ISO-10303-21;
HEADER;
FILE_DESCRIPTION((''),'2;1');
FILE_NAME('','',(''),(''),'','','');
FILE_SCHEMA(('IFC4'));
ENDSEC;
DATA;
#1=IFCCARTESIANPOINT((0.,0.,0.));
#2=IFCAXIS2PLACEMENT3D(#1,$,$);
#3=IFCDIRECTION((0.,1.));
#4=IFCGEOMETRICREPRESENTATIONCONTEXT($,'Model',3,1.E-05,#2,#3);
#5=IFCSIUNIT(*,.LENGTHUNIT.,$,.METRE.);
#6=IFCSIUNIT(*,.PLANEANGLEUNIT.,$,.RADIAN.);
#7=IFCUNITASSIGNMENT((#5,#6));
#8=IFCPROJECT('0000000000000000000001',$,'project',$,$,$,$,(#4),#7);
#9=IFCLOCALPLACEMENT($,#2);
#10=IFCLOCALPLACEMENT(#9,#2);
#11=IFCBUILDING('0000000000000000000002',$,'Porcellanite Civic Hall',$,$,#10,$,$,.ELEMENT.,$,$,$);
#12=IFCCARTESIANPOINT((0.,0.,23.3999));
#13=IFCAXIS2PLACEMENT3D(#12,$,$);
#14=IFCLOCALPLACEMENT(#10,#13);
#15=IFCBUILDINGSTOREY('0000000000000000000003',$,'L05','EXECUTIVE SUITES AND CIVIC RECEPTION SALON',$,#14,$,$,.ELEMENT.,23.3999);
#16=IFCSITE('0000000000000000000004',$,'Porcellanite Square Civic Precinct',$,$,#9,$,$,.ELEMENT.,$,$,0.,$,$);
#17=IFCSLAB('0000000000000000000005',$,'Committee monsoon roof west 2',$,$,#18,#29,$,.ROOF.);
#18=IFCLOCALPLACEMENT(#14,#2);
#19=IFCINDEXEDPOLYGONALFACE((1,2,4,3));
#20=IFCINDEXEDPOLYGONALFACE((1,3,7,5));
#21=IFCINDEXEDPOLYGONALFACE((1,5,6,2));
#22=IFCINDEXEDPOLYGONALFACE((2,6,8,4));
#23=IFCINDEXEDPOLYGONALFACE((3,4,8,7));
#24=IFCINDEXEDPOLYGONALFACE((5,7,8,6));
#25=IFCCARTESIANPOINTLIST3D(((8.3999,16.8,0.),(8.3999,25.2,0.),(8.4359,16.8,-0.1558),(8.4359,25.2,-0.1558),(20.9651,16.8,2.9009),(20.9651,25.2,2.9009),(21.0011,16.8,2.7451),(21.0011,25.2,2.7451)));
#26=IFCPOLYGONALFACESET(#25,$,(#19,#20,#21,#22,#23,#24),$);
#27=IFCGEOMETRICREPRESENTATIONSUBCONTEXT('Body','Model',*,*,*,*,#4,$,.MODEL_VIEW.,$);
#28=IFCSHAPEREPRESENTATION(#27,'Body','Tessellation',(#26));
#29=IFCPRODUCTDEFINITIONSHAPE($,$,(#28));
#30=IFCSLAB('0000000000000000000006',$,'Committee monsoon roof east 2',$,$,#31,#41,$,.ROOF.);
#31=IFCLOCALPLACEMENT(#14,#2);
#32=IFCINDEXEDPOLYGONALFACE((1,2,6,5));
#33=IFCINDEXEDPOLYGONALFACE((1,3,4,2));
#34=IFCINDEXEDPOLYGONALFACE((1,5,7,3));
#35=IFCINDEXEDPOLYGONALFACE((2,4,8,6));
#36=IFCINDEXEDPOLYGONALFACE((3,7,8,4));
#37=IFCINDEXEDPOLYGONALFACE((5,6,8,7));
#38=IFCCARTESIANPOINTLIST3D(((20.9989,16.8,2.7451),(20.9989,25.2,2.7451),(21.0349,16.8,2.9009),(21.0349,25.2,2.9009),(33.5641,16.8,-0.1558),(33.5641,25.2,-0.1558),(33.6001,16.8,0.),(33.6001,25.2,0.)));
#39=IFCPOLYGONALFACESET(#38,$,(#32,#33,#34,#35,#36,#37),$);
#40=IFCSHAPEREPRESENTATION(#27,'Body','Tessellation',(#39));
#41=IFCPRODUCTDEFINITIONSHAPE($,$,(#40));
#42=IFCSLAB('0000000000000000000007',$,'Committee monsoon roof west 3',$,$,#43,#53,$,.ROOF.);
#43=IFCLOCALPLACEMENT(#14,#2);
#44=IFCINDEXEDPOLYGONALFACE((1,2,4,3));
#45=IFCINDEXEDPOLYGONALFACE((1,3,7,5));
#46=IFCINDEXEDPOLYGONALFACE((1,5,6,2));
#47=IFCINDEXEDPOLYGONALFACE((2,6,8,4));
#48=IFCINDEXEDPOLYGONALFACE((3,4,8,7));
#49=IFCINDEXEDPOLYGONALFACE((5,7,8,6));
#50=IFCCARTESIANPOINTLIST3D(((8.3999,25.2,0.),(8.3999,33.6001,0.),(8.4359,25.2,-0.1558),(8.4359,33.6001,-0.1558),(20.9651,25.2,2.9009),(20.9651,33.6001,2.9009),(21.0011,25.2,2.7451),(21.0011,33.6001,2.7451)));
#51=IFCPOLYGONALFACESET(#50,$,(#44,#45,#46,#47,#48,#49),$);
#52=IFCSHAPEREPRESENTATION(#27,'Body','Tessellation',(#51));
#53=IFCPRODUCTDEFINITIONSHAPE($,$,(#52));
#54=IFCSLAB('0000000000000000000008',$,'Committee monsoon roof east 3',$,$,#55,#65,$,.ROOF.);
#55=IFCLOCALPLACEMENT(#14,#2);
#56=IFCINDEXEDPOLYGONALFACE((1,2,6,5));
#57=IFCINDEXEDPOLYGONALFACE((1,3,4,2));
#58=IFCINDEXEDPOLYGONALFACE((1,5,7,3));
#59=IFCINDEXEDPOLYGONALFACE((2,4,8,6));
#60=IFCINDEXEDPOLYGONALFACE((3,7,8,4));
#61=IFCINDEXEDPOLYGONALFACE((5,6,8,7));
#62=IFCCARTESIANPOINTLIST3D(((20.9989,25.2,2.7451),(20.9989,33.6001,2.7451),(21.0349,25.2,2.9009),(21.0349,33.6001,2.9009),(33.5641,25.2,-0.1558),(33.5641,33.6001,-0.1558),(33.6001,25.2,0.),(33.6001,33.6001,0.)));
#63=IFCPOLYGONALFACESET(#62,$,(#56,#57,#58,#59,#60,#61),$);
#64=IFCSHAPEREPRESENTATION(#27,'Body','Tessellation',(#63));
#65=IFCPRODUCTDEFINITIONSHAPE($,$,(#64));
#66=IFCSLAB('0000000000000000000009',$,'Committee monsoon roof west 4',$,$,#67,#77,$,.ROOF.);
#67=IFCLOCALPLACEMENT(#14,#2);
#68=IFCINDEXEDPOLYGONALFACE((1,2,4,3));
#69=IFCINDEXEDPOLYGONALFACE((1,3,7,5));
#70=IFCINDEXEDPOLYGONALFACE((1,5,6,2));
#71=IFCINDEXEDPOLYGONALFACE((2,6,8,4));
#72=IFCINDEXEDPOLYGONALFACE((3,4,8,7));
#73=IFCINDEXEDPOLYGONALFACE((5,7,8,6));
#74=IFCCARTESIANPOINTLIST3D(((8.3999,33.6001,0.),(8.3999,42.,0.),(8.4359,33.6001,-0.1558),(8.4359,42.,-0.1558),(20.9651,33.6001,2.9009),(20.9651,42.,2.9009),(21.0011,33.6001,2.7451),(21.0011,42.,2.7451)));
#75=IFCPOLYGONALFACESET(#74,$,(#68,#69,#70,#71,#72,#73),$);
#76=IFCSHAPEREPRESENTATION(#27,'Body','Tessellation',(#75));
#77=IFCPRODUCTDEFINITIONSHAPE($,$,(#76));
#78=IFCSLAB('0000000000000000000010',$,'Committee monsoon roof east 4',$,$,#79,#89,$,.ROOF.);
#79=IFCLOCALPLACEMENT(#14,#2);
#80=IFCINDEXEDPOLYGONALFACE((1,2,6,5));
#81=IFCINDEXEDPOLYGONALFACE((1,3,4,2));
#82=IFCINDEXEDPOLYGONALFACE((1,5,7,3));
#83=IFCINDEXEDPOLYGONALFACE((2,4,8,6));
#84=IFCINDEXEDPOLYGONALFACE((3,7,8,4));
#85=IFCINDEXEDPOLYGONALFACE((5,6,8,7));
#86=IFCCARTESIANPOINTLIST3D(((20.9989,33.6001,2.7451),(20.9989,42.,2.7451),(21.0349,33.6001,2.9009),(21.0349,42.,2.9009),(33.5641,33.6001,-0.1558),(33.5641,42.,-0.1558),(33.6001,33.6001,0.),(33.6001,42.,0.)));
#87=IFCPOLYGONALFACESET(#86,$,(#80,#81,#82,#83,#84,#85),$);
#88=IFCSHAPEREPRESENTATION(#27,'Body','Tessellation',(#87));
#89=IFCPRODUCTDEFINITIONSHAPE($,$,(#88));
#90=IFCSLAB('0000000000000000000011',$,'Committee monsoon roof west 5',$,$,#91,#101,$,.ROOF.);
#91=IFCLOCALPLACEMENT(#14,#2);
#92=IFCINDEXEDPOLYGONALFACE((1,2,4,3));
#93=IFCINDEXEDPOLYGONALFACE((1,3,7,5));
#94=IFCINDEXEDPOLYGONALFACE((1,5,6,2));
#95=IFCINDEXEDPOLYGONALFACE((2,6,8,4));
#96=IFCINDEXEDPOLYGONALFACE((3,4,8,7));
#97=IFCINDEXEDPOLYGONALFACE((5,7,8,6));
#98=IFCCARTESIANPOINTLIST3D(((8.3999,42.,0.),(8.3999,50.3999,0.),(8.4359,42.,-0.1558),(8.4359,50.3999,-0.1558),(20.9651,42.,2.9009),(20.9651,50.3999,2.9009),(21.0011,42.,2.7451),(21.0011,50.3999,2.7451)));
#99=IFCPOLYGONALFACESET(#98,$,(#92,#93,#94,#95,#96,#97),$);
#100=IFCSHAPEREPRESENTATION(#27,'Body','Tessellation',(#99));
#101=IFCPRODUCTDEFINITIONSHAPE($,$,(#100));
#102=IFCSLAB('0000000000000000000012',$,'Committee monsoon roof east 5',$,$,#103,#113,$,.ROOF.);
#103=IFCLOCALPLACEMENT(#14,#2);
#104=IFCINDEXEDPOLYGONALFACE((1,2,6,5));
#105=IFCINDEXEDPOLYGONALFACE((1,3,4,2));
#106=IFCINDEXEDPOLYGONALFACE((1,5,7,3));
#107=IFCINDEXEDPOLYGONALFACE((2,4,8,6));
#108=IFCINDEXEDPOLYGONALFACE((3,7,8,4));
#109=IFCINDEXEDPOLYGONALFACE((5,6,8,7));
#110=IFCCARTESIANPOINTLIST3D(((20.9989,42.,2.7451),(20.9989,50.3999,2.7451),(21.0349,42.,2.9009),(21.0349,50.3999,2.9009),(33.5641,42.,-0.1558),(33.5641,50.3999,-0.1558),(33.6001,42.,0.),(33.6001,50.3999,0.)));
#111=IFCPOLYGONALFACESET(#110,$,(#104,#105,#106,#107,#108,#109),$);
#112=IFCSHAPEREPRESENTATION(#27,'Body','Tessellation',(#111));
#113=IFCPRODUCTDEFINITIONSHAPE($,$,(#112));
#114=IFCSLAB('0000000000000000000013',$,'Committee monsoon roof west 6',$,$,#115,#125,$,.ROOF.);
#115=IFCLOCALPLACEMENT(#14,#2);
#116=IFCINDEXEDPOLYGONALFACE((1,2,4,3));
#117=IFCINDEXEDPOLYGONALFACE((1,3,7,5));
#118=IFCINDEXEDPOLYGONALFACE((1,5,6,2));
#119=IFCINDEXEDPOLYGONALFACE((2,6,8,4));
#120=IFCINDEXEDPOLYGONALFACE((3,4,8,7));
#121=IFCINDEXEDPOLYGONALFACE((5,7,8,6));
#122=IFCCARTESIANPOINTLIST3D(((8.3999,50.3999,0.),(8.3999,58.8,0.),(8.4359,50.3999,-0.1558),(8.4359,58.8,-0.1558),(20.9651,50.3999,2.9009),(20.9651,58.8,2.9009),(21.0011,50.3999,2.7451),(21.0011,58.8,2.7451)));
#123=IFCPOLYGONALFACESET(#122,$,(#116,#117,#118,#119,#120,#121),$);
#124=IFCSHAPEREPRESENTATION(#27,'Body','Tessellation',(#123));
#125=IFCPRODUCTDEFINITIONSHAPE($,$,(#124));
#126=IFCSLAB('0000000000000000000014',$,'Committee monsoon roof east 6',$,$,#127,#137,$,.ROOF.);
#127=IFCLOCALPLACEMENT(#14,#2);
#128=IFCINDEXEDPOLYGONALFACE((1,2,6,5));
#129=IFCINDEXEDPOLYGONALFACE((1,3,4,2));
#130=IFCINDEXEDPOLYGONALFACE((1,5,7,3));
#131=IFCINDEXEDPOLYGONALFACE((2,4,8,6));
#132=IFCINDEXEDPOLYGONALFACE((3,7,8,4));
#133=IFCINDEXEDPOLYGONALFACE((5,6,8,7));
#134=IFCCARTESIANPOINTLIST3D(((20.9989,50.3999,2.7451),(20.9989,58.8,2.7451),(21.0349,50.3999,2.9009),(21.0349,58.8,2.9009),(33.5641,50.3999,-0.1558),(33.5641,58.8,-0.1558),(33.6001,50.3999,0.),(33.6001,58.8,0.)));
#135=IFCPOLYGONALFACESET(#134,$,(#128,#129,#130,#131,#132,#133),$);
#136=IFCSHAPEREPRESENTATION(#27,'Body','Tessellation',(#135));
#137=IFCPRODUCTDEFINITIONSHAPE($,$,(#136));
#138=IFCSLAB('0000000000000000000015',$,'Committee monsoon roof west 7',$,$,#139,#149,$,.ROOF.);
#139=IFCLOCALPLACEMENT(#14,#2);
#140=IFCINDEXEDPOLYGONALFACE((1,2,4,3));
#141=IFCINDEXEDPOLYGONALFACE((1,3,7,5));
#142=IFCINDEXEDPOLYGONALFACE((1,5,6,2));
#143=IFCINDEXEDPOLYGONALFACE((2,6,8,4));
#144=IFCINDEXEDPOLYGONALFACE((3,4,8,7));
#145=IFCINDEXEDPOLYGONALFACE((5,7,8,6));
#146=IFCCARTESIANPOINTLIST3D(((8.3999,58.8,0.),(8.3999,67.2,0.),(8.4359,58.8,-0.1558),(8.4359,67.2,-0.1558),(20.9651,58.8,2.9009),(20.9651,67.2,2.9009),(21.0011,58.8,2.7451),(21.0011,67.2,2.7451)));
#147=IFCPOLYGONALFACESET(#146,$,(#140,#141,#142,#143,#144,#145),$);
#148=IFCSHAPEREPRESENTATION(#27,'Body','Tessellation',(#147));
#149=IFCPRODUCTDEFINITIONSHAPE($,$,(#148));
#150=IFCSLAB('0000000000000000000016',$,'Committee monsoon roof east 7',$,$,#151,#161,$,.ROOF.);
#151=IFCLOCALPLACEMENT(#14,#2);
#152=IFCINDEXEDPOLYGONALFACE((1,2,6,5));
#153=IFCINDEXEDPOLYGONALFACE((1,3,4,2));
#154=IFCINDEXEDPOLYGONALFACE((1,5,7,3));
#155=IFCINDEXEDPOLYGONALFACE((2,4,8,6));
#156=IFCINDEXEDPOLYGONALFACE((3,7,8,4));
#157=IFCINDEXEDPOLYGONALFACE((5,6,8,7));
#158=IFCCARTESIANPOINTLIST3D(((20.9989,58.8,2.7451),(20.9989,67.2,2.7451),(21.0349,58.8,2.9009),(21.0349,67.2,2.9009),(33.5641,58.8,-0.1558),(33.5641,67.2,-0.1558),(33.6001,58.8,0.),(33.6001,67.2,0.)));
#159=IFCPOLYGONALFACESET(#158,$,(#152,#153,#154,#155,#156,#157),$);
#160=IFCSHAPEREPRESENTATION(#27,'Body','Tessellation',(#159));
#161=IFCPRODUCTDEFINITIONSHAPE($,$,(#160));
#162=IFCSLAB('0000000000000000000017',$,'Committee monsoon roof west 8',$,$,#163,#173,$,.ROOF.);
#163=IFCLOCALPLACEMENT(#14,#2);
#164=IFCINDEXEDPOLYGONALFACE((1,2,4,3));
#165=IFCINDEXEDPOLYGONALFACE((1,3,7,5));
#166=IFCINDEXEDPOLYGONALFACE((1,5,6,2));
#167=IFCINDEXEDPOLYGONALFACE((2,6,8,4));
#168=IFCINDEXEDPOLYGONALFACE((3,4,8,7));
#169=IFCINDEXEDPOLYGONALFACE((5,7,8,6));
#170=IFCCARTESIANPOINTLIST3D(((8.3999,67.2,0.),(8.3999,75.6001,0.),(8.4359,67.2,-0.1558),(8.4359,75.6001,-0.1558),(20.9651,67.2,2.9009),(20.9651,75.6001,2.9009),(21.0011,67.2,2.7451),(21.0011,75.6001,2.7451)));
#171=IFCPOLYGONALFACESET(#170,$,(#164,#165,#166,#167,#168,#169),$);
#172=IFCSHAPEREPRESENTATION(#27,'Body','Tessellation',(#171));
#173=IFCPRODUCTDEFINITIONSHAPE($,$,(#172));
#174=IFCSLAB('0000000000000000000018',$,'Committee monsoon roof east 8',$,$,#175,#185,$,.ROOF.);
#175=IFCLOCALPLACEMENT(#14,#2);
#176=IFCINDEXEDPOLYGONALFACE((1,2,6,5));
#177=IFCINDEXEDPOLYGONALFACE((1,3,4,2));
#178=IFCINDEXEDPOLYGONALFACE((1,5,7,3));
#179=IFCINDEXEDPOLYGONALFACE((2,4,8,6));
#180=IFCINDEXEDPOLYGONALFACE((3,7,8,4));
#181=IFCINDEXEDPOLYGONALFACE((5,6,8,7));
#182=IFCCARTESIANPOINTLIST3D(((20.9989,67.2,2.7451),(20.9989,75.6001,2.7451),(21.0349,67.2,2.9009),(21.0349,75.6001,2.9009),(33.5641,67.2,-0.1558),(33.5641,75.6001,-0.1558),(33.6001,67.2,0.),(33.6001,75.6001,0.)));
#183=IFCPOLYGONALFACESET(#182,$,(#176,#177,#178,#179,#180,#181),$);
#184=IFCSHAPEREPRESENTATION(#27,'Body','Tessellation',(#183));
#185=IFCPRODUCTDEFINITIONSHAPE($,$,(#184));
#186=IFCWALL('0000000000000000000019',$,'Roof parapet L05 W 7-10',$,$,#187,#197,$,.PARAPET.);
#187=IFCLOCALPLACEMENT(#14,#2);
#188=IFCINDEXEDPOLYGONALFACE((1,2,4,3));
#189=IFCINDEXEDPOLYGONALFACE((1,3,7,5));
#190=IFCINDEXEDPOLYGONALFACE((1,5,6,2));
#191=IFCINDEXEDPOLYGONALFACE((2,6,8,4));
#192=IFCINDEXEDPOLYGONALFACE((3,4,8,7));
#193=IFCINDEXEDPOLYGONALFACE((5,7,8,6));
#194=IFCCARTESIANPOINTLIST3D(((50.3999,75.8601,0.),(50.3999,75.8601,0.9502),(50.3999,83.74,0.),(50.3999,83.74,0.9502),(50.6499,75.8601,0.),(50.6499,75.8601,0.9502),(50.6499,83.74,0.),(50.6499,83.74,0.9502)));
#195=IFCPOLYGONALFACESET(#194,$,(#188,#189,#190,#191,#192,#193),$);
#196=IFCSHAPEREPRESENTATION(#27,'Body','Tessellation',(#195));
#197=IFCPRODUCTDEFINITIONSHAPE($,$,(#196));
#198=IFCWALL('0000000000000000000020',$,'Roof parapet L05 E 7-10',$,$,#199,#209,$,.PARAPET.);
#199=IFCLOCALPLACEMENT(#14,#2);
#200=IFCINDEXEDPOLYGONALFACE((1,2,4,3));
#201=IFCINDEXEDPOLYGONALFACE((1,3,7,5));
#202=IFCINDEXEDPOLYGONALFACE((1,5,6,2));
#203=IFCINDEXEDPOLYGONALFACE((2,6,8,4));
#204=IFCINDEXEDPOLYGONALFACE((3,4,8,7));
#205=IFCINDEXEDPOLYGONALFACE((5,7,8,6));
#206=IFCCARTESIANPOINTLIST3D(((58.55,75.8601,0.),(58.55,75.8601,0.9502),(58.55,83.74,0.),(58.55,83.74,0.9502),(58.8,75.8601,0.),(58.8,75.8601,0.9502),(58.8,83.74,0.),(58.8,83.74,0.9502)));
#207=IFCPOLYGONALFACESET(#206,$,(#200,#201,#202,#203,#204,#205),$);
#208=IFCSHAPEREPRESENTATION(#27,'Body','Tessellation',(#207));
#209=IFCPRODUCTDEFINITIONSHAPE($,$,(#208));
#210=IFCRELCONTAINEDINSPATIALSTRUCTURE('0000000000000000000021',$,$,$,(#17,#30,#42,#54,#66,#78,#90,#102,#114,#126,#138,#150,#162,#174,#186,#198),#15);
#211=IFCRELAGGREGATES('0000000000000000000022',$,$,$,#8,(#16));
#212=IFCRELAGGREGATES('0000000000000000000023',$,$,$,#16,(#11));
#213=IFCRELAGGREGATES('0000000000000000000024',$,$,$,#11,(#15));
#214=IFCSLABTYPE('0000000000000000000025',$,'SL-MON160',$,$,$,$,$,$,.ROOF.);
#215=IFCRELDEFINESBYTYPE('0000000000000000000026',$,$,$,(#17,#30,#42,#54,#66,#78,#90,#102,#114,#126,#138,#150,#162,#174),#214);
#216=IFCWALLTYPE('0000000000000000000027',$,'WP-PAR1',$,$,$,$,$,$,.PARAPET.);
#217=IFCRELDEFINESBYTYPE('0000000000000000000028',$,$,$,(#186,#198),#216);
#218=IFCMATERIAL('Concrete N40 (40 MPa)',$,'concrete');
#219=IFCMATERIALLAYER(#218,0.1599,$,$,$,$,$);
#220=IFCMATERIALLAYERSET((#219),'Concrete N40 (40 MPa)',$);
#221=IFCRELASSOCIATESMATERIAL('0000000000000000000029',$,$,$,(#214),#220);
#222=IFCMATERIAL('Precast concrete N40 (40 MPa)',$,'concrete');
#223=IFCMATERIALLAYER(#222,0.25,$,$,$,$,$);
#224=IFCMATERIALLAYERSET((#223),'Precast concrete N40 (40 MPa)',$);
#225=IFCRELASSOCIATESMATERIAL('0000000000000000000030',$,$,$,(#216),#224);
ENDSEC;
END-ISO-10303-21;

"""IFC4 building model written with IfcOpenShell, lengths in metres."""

from ifc_helpers import new_model, si_unit, direction, frame, frame_2d, origin, place, context, subcontext, project, spatial, polyline, rectangle, outline, extrude, material, layer, layer_set, type_object, element, save


model = new_model("IFC4")

# Units and contexts
model_context = context("Model", 3, precision=1e-05, world=origin(), true_north=direction((0.0, 1.0)))
body_context = subcontext(model_context, "Body", "Model", "MODEL_VIEW")
ifc_project = project(units=[si_unit("LENGTHUNIT", "METRE"), si_unit("PLANEANGLEUNIT", "RADIAN")], contexts=[model_context])

# Site, building, storey
site_placement = place(None, origin())
site = spatial("IfcSite", under=ifc_project, at=site_placement, Name="Porcellanite Square Civic Precinct", CompositionType="ELEMENT", RefElevation=0.0)
building_placement = place(site_placement, origin())
building = spatial("IfcBuilding", under=site, at=building_placement, Name="Porcellanite Civic Hall", CompositionType="ELEMENT")
storey_placement = place(building_placement, frame((0.0, 0.0, 23.3999)))
storey = spatial("IfcBuildingStorey", under=building, at=storey_placement, Name="L05", Description="EXECUTIVE SUITES AND CIVIC RECEPTION SALON", CompositionType="ELEMENT", Elevation=23.3999)

# Slabs
ifc_material_1 = material(Name="Concrete N40 (40 MPa)", Category="concrete")
ifc_layer_1 = layer(ifc_material_1, 0.1599)
ifc_layer_set_1 = layer_set([ifc_layer_1], Name="Concrete N40 (40 MPa)")
slab_type = type_object("IfcSlabType", Name="SL-MON160", PredefinedType="ROOF", material=ifc_layer_set_1)
for number, where, z_axis, x_axis, name in (
    (1, (8.3999, 16.8, 0.0), (-0.224949, 0.0, 0.97437), (0.97437, 0.0, 0.224949), "Committee monsoon roof west 2"),
    (2, (21.0349, 16.8, 2.9009), (0.224949, 0.0, 0.97437), (0.97437, 0.0, -0.224949), "Committee monsoon roof east 2"),
):
    element("IfcSlab", number, at=place(storey_placement, frame(where, z_axis=z_axis, x_axis=x_axis)), inside=storey, type_object=slab_type, Name=name, PredefinedType="ROOF", context=body_context, shape_type="SweptSolid", body=[
        extrude(outline(polyline([(0.0, 0.0), (12.8957, 0.0), (12.8957, 8.3999), (0.0, 8.3999), (0.0, 0.0)])), origin(), (0.0, 0.0, -1.0), 0.1599),
    ])
for number, where, z_axis, x_axis, name in (
    (3, (8.3999, 25.2, 0.0), (-0.224949, 0.0, 0.97437), (0.97437, 0.0, 0.224949), "Committee monsoon roof west 3"),
    (4, (21.0349, 25.2, 2.9009), (0.224949, 0.0, 0.97437), (0.97437, 0.0, -0.224949), "Committee monsoon roof east 3"),
):
    element("IfcSlab", number, at=place(storey_placement, frame(where, z_axis=z_axis, x_axis=x_axis)), inside=storey, type_object=slab_type, Name=name, PredefinedType="ROOF", context=body_context, shape_type="SweptSolid", body=[
        extrude(outline(polyline([(0.0, 0.0), (12.8957, 0.0), (12.8957, 8.4001), (0.0, 8.4001), (0.0, 0.0)])), origin(), (0.0, 0.0, -1.0), 0.1599),
    ])
for number, where, z_axis, x_axis, name in (
    (5, (8.3999, 33.6001, 0.0), (-0.224949, 0.0, 0.97437), (0.97437, 0.0, 0.224949), "Committee monsoon roof west 4"),
    (6, (21.0349, 33.6001, 2.9009), (0.224949, 0.0, 0.97437), (0.97437, 0.0, -0.224949), "Committee monsoon roof east 4"),
    (7, (8.3999, 42.0, 0.0), (-0.224949, 0.0, 0.97437), (0.97437, 0.0, 0.224949), "Committee monsoon roof west 5"),
    (8, (21.0349, 42.0, 2.9009), (0.224949, 0.0, 0.97437), (0.97437, 0.0, -0.224949), "Committee monsoon roof east 5"),
):
    element("IfcSlab", number, at=place(storey_placement, frame(where, z_axis=z_axis, x_axis=x_axis)), inside=storey, type_object=slab_type, Name=name, PredefinedType="ROOF", context=body_context, shape_type="SweptSolid", body=[
        extrude(outline(polyline([(0.0, 0.0), (12.8957, 0.0), (12.8957, 8.3999), (0.0, 8.3999), (0.0, 0.0)])), origin(), (0.0, 0.0, -1.0), 0.1599),
    ])
for number, where, z_axis, x_axis, name in (
    (9, (8.3999, 50.3999, 0.0), (-0.224949, 0.0, 0.97437), (0.97437, 0.0, 0.224949), "Committee monsoon roof west 6"),
    (10, (21.0349, 50.3999, 2.9009), (0.224949, 0.0, 0.97437), (0.97437, 0.0, -0.224949), "Committee monsoon roof east 6"),
):
    element("IfcSlab", number, at=place(storey_placement, frame(where, z_axis=z_axis, x_axis=x_axis)), inside=storey, type_object=slab_type, Name=name, PredefinedType="ROOF", context=body_context, shape_type="SweptSolid", body=[
        extrude(outline(polyline([(0.0, 0.0), (12.8957, 0.0), (12.8957, 8.4001), (0.0, 8.4001), (0.0, 0.0)])), origin(), (0.0, 0.0, -1.0), 0.1599),
    ])
for number, where, z_axis, x_axis, name in (
    (11, (8.3999, 58.8, 0.0), (-0.224949, 0.0, 0.97437), (0.97437, 0.0, 0.224949), "Committee monsoon roof west 7"),
    (12, (21.0349, 58.8, 2.9009), (0.224949, 0.0, 0.97437), (0.97437, 0.0, -0.224949), "Committee monsoon roof east 7"),
):
    element("IfcSlab", number, at=place(storey_placement, frame(where, z_axis=z_axis, x_axis=x_axis)), inside=storey, type_object=slab_type, Name=name, PredefinedType="ROOF", context=body_context, shape_type="SweptSolid", body=[
        extrude(outline(polyline([(0.0, 0.0), (12.8957, 0.0), (12.8957, 8.3999), (0.0, 8.3999), (0.0, 0.0)])), origin(), (0.0, 0.0, -1.0), 0.1599),
    ])
for number, where, z_axis, x_axis, name in (
    (13, (8.3999, 67.2, 0.0), (-0.224949, 0.0, 0.97437), (0.97437, 0.0, 0.224949), "Committee monsoon roof west 8"),
    (14, (21.0349, 67.2, 2.9009), (0.224949, 0.0, 0.97437), (0.97437, 0.0, -0.224949), "Committee monsoon roof east 8"),
):
    element("IfcSlab", number, at=place(storey_placement, frame(where, z_axis=z_axis, x_axis=x_axis)), inside=storey, type_object=slab_type, Name=name, PredefinedType="ROOF", context=body_context, shape_type="SweptSolid", body=[
        extrude(outline(polyline([(0.0, 0.0), (12.8957, 0.0), (12.8957, 8.4001), (0.0, 8.4001), (0.0, 0.0)])), origin(), (0.0, 0.0, -1.0), 0.1599),
    ])

# Walls
ifc_material_2 = material(Name="Precast concrete N40 (40 MPa)", Category="concrete")
ifc_layer_2 = layer(ifc_material_2, 0.25)
ifc_layer_set_2 = layer_set([ifc_layer_2], Name="Precast concrete N40 (40 MPa)")
wall_type_1 = type_object("IfcWallType", Name="WP-PAR1", PredefinedType="PARAPET", material=ifc_layer_set_2)
for number, where, z_axis, x_axis, name in (
    (15, (50.5249, 75.8601, 0.0), (0.0, 0.0, 1.0), (0.0, 1.0, 0.0), "Roof parapet L05 W 7-10"),
    (16, (58.675, 83.74, 0.0), (0.0, 0.0, 1.0), (0.0, -1.0, 0.0), "Roof parapet L05 E 7-10"),
):
    element("IfcWall", number, at=place(storey_placement, frame(where, z_axis=z_axis, x_axis=x_axis)), inside=storey, type_object=wall_type_1, Name=name, PredefinedType="PARAPET", context=body_context, shape_type="SweptSolid", body=[
        extrude(rectangle(XDim=7.8799, YDim=0.25, at=frame_2d((3.9399, 0.0))), origin(), (0.0, 0.0, 1.0), 0.9502),
    ])

save(model, "model.ifc")
